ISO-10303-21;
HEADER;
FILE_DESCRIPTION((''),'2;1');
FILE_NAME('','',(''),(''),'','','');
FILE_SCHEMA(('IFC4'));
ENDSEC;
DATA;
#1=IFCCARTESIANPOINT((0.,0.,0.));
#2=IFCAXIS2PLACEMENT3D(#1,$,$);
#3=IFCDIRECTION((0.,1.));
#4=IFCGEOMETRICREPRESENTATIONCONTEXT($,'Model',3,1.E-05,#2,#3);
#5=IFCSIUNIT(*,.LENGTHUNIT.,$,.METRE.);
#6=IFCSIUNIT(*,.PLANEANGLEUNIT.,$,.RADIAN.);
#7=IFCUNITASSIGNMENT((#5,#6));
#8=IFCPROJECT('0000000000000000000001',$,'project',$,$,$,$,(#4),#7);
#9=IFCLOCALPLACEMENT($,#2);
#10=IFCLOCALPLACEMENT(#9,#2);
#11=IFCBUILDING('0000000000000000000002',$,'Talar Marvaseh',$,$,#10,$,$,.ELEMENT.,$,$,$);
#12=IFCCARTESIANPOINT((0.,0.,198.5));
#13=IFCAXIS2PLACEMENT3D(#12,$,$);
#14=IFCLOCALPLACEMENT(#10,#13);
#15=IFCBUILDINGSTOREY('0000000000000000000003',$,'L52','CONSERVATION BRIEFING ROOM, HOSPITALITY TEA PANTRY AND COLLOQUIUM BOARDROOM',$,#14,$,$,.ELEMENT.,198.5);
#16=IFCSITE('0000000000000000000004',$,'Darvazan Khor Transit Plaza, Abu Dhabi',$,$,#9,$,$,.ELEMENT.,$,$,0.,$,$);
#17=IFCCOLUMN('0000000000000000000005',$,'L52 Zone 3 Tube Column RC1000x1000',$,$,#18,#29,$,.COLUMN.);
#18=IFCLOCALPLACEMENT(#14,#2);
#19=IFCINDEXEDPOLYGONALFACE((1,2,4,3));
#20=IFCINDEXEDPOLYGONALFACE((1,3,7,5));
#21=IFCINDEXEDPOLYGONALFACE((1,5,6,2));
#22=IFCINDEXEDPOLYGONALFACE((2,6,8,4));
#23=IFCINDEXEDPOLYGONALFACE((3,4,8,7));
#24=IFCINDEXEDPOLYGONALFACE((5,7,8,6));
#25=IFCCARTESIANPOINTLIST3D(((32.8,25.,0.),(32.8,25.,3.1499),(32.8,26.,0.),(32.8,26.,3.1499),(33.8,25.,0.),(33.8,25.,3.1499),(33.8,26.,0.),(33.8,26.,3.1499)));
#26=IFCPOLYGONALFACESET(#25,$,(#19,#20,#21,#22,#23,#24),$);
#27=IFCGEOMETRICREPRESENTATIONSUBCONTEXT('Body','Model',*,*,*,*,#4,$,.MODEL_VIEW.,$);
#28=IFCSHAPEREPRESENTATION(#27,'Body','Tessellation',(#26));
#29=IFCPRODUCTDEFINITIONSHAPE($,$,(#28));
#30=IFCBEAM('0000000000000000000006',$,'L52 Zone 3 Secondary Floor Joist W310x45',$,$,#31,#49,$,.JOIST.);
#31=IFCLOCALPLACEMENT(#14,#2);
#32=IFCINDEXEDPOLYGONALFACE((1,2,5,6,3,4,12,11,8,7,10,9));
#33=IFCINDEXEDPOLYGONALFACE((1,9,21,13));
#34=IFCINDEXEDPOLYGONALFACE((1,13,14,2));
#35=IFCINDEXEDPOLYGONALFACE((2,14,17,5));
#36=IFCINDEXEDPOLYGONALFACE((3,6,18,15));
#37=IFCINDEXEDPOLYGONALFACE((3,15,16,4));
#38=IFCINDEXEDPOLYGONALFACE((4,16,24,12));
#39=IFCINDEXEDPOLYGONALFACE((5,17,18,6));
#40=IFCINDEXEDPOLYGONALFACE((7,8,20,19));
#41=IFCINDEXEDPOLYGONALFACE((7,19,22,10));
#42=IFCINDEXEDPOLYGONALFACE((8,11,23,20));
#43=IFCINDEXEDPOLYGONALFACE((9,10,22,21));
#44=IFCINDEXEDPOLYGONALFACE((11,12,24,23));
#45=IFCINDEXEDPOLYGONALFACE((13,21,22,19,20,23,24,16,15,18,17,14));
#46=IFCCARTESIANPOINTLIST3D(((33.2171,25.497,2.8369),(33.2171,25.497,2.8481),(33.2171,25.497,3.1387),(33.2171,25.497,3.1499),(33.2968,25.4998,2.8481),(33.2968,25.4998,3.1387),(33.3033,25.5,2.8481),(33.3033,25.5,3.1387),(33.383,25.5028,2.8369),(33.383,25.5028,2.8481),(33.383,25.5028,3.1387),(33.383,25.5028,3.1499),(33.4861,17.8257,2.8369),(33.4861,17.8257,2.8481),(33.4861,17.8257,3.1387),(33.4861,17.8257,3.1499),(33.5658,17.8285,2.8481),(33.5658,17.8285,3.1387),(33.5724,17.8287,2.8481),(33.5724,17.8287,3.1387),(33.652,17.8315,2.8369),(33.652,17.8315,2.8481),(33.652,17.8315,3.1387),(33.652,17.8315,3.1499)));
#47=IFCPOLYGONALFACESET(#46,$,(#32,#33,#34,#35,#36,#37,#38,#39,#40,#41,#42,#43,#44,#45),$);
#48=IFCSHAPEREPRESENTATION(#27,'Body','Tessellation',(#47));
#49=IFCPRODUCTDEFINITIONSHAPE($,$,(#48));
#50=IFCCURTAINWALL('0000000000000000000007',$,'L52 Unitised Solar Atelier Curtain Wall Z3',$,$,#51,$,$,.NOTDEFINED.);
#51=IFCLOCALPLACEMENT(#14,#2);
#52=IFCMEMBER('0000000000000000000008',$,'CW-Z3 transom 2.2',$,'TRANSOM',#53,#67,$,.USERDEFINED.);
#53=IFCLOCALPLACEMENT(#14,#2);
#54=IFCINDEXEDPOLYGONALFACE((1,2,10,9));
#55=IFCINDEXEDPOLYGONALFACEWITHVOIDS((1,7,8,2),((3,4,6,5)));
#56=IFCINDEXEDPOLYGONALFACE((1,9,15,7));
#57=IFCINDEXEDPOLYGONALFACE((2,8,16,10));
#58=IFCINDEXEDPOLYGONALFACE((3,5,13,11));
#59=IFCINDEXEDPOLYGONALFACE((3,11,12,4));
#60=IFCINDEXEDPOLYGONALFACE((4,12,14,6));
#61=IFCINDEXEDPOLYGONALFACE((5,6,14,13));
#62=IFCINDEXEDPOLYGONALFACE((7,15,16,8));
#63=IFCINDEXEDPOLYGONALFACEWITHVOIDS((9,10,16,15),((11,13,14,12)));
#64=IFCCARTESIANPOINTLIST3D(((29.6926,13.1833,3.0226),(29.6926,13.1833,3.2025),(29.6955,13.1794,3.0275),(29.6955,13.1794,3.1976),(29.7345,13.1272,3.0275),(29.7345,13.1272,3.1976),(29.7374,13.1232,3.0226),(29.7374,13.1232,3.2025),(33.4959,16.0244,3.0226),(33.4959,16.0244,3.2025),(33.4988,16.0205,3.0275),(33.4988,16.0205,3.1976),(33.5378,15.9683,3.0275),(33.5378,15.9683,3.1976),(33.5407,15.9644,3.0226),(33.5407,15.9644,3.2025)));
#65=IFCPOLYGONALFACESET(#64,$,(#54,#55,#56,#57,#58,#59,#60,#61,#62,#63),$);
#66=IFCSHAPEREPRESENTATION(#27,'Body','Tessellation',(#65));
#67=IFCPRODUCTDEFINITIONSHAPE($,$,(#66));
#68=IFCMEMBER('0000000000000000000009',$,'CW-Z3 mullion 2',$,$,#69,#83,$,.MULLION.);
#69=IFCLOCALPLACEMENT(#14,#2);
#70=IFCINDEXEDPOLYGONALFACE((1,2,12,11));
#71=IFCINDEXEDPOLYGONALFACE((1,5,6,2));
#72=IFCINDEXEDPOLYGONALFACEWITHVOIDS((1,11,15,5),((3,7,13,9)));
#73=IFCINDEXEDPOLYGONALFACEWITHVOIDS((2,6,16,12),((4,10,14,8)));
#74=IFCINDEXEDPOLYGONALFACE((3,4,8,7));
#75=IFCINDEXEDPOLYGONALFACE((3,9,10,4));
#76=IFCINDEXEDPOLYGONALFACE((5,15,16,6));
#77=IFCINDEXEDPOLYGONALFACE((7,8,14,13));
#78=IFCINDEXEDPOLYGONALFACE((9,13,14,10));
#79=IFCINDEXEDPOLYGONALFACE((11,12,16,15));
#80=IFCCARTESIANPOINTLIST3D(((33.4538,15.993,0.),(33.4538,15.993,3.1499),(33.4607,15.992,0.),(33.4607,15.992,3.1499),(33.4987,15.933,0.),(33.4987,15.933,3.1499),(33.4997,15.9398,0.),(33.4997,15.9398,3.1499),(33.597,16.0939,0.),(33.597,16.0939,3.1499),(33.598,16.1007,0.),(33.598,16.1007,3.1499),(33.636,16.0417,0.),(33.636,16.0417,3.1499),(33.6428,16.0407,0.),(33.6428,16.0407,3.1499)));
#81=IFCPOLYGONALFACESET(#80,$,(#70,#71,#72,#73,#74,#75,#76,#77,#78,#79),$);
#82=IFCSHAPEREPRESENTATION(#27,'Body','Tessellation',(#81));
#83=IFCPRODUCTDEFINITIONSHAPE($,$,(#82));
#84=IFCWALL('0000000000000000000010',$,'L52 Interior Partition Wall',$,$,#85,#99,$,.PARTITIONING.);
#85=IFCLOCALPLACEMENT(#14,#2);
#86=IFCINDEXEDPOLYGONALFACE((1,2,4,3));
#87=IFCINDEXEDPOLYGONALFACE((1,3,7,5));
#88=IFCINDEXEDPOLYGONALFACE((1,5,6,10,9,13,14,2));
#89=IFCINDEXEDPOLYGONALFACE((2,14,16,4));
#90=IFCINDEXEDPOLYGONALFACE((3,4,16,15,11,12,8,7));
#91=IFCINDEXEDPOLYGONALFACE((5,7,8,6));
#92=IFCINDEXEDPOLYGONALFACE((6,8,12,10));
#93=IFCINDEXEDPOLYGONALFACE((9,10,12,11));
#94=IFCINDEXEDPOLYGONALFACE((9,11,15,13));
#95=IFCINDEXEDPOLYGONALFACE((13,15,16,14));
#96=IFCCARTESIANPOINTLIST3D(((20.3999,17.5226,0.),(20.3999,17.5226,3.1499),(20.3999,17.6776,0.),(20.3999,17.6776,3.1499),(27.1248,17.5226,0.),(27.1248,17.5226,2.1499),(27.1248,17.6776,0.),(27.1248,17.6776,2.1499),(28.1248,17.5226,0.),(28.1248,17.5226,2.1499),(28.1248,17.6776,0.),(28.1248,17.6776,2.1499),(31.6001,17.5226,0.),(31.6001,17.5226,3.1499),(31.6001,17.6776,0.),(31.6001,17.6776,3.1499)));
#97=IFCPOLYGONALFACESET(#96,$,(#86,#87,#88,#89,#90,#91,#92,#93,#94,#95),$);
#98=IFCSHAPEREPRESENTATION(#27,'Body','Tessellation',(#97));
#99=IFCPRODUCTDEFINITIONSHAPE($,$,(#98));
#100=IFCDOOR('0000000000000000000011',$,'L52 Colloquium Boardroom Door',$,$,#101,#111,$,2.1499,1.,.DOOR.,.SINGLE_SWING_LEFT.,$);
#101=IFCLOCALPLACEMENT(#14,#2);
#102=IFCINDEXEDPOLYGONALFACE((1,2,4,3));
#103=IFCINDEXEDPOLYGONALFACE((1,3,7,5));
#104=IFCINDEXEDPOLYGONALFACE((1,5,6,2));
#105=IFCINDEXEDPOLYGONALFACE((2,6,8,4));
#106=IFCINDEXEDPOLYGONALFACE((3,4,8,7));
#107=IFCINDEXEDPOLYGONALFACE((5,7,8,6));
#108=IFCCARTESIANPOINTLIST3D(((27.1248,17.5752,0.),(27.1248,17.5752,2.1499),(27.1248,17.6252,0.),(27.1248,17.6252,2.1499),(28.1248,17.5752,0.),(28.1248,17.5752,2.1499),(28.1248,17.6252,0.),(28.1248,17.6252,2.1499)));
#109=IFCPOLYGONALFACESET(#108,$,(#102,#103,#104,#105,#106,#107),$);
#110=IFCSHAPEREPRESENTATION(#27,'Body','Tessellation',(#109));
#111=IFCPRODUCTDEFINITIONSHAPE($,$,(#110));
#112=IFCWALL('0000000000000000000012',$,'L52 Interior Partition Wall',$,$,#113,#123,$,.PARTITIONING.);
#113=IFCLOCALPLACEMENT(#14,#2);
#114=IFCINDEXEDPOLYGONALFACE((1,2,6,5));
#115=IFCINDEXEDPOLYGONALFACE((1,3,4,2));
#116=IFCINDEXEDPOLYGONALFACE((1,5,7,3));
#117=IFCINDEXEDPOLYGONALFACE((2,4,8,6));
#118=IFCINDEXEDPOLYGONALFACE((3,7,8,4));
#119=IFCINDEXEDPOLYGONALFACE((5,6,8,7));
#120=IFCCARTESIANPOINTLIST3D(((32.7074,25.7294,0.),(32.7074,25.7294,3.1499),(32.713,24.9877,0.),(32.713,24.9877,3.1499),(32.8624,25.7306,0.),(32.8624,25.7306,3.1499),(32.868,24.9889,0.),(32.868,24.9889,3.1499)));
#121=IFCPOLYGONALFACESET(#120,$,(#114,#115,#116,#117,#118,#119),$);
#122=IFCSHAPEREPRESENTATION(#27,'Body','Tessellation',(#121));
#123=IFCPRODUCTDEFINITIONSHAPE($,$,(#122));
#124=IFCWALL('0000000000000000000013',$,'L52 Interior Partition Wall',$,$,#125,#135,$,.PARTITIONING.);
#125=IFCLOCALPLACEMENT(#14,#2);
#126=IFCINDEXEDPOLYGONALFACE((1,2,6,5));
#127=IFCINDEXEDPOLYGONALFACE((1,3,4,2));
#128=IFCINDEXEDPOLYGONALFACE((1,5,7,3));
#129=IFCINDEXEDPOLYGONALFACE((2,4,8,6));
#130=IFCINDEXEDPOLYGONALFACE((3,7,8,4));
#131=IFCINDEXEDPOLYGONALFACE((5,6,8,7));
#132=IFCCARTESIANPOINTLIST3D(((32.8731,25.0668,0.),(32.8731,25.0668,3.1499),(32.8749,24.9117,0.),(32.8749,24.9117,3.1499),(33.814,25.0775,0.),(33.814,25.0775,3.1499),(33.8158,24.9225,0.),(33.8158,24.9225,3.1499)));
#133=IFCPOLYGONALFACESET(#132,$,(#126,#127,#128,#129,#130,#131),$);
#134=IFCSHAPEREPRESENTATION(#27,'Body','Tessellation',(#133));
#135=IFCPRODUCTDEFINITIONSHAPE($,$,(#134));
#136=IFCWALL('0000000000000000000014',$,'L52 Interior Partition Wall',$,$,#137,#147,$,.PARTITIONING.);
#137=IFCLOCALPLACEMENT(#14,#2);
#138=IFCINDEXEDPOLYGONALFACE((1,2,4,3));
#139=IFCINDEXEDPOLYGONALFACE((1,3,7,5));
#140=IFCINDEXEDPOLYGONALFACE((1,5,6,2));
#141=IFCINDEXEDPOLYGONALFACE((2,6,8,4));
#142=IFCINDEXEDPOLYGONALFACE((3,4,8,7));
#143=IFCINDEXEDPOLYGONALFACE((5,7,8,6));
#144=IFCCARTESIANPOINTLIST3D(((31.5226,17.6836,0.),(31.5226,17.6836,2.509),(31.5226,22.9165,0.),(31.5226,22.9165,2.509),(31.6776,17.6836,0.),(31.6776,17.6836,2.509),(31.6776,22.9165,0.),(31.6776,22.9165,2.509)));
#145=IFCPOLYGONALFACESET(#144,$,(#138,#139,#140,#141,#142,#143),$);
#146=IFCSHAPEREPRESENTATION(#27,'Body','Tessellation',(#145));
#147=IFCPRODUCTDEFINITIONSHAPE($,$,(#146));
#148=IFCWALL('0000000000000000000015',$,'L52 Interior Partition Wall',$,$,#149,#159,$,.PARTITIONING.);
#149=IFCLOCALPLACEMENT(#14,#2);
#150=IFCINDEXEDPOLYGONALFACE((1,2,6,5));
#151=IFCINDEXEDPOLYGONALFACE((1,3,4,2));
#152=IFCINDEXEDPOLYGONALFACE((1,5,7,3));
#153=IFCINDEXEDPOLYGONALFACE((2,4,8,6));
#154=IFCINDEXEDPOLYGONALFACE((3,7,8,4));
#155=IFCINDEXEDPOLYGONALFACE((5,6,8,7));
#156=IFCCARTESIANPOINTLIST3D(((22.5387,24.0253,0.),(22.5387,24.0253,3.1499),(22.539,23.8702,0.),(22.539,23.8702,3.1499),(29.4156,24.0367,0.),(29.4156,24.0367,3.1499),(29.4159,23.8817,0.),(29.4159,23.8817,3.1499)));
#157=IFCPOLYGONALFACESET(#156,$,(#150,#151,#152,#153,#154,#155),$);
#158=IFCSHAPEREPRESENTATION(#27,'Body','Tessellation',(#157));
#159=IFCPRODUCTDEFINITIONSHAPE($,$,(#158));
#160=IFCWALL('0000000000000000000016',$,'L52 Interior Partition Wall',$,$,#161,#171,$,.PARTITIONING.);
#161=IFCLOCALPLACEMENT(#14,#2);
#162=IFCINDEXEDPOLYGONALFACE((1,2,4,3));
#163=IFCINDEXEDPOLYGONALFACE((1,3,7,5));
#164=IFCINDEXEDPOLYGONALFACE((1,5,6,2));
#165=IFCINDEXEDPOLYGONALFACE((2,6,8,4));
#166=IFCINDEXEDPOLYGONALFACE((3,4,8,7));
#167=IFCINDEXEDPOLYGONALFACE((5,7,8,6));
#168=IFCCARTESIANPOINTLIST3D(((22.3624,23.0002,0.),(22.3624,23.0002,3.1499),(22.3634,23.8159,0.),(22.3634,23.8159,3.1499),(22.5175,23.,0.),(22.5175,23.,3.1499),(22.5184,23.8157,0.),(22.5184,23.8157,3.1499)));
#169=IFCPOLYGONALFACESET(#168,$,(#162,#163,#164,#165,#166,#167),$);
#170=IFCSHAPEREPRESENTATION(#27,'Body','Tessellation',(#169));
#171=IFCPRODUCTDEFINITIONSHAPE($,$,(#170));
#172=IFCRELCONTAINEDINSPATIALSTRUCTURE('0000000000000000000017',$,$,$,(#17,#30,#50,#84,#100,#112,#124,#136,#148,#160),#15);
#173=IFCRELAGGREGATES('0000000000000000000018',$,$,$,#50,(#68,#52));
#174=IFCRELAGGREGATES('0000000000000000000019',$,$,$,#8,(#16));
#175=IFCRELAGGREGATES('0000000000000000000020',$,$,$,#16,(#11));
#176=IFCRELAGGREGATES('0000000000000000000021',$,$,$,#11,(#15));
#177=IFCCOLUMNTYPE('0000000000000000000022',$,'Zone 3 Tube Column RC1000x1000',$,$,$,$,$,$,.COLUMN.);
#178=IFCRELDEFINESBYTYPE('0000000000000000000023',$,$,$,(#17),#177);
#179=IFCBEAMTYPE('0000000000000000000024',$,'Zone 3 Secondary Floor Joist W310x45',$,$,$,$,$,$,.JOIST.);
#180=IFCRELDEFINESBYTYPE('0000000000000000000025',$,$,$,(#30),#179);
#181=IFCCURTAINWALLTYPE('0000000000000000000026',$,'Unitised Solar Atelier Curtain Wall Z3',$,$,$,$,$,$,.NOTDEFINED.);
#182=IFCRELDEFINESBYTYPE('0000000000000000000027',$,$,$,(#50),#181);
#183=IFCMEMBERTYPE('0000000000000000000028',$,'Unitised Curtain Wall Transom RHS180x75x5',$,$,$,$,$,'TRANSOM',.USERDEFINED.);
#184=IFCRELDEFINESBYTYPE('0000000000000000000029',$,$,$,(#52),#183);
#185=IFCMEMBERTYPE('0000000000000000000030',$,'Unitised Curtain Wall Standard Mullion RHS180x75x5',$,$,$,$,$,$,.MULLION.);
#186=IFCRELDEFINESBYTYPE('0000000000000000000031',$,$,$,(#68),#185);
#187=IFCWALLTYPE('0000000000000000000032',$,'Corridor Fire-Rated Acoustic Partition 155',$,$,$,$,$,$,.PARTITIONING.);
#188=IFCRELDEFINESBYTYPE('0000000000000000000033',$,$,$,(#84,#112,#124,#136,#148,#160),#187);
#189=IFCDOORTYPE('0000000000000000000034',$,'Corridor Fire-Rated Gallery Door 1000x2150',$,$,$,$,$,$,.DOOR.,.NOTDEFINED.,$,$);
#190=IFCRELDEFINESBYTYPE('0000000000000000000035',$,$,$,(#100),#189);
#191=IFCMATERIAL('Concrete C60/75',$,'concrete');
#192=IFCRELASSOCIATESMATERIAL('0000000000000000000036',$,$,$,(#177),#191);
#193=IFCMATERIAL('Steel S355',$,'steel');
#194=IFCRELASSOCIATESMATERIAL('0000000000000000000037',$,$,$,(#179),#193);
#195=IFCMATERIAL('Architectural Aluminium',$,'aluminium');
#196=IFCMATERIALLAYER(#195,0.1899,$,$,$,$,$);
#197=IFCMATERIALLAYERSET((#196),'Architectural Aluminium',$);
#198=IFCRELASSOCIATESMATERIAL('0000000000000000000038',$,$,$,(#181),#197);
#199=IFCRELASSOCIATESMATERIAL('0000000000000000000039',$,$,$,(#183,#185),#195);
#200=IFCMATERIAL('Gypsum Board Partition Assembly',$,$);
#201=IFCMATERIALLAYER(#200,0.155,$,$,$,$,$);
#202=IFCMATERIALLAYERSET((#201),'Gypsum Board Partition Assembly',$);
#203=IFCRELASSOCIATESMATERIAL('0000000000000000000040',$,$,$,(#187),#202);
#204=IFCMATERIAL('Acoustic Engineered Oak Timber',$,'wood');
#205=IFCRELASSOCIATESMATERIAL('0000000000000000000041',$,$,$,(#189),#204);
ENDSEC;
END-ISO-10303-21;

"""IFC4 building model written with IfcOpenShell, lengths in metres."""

from ifc_helpers import new_model, si_unit, direction, frame, frame_2d, origin, origin_2d, place, context, subcontext, project, spatial, rectangle, hollow_rectangle, i_section, extrude, source, transform, mapped, material, layer, layer_set, material_profile, profile_set, type_object, type_shapes, element, fill, aggregate, save


model = new_model("IFC4")

# Units and contexts
model_context = context("Model", 3, precision=1e-05, world=origin(), true_north=direction((0.0, 1.0)))
body_context = subcontext(model_context, "Body", "Model", "MODEL_VIEW")
ifc_project = project(units=[si_unit("LENGTHUNIT", "METRE"), si_unit("PLANEANGLEUNIT", "RADIAN")], contexts=[model_context])

# Site, building, storey
site_placement = place(None, origin())
site = spatial("IfcSite", under=ifc_project, at=site_placement, Name="Darvazan Khor Transit Plaza, Abu Dhabi", CompositionType="ELEMENT", RefElevation=0.0)
building_placement = place(site_placement, origin())
building = spatial("IfcBuilding", under=site, at=building_placement, Name="Talar Marvaseh", CompositionType="ELEMENT")
storey_placement = place(building_placement, frame((0.0, 0.0, 198.5)))
storey = spatial("IfcBuildingStorey", under=building, at=storey_placement, Name="L52", Description="CONSERVATION BRIEFING ROOM, HOSPITALITY TEA PANTRY AND COLLOQUIUM BOARDROOM", CompositionType="ELEMENT", Elevation=198.5)

# Column
ifc_material_1 = material(Name="Concrete C60/75", Category="concrete")
ifc_material_profile_1 = material_profile(ifc_material_1, rectangle(XDim=1.0, YDim=1.0, at=origin_2d()), Name="RC1000x1000")
ifc_profile_set_1 = profile_set([ifc_material_profile_1], Name="Concrete C60/75")
column_type = type_object("IfcColumnType", Name="Zone 3 Tube Column RC1000x1000", PredefinedType="COLUMN", material=ifc_profile_set_1)
column_placement = place(storey_placement, frame((33.3, 25.5, 0.0), z_axis=(0.0, 0.0, 1.0), x_axis=(1.0, 0.0, 0.0)))
element("IfcColumn", 1, at=column_placement, inside=storey, type_object=column_type, Name="L52 Zone 3 Tube Column RC1000x1000", PredefinedType="COLUMN", context=body_context, shape_type="SweptSolid", body=[
    extrude(rectangle(XDim=1.0, YDim=1.0, at=origin_2d()), origin(), (0.0, 0.0, 1.0), 3.1499),
])

# Beam
ifc_material_2 = material(Name="Steel S355", Category="steel")
ifc_material_profile_2 = material_profile(ifc_material_2, i_section(OverallWidth=0.166, OverallDepth=0.313, WebThickness=0.0066, FlangeThickness=0.0112, at=origin_2d()), Name="W310x45")
ifc_profile_set_2 = profile_set([ifc_material_profile_2], Name="Steel S355")
beam_type = type_object("IfcBeamType", Name="Zone 3 Secondary Floor Joist W310x45", PredefinedType="JOIST", material=ifc_profile_set_2)
beam_placement = place(storey_placement, frame((33.5691, 17.8286, 2.9934), z_axis=(-0.035049, 0.999386, 0.0), x_axis=(-0.999386, -0.035049, 0.0)))
element("IfcBeam", 2, at=beam_placement, inside=storey, type_object=beam_type, Name="L52 Zone 3 Secondary Floor Joist W310x45", PredefinedType="JOIST", context=body_context, shape_type="SweptSolid", body=[
    extrude(i_section(OverallWidth=0.166, OverallDepth=0.313, WebThickness=0.0066, FlangeThickness=0.0112, at=origin_2d()), origin(), (0.0, 0.0, 1.0), 7.676),
])

# Curtain wall, members
ifc_material_3 = material(Name="Architectural Aluminium", Category="aluminium")
ifc_layer_1 = layer(ifc_material_3, 0.1899)
ifc_layer_set_1 = layer_set([ifc_layer_1], Name="Architectural Aluminium")
curtain_wall_type = type_object("IfcCurtainWallType", Name="Unitised Solar Atelier Curtain Wall Z3", PredefinedType="NOTDEFINED", material=ifc_layer_set_1)
curtain_wall_placement = place(storey_placement, origin())
curtain_wall = element("IfcCurtainWall", 3, at=curtain_wall_placement, inside=storey, type_object=curtain_wall_type, Name="L52 Unitised Solar Atelier Curtain Wall Z3", PredefinedType="NOTDEFINED")
ifc_material_profile_3 = material_profile(ifc_material_3, hollow_rectangle(XDim=0.075, YDim=0.1799, WallThickness=0.0049, at=origin_2d()), Name="RHS180x75x5")
ifc_profile_set_3 = profile_set([ifc_material_profile_3], Name="Architectural Aluminium")
member_type_1 = type_object("IfcMemberType", Name="Unitised Curtain Wall Transom RHS180x75x5", ElementType="TRANSOM", PredefinedType="USERDEFINED", material=ifc_profile_set_3)
shared_shape_1 = source(origin(), body_context, "Body", "SweptSolid", [
    extrude(hollow_rectangle(XDim=0.075, YDim=0.1799, WallThickness=0.0049, at=origin_2d()), origin(), (0.0, 0.0, 1.0), 4.7473),
])
type_shapes(member_type_1, [shared_shape_1])
member_1_placement = place(storey_placement, frame((33.5183, 15.9944, 3.1125), z_axis=(-0.801146, -0.598468, 0.0), x_axis=(0.598468, -0.801146, 0.0)))
member_1 = element("IfcMember", 4, at=member_1_placement, type_object=member_type_1, Name="CW-Z3 transom 2.2", ObjectType="TRANSOM", PredefinedType="USERDEFINED", context=body_context, shape_type="MappedRepresentation", body=[
    mapped(shared_shape_1, transform((0.0, 0.0, 0.0), x_axis=(1.0, 0.0, 0.0), y_axis=(0.0, 1.0, 0.0), z_axis=(0.0, 0.0, 1.0), scale=1.0)),
])
ifc_material_profile_4 = material_profile(ifc_material_3, hollow_rectangle(XDim=0.075, YDim=0.1799, WallThickness=0.0049, at=origin_2d()), Name="RHS180x75x5")
ifc_profile_set_4 = profile_set([ifc_material_profile_4], Name="Architectural Aluminium")
member_type_2 = type_object("IfcMemberType", Name="Unitised Curtain Wall Standard Mullion RHS180x75x5", PredefinedType="MULLION", material=ifc_profile_set_4)
shared_shape_2 = source(origin(), body_context, "Body", "SweptSolid", [
    extrude(hollow_rectangle(XDim=0.075, YDim=0.1799, WallThickness=0.0049, at=origin_2d()), origin(), (0.0, 0.0, 1.0), 3.1499),
])
type_shapes(member_type_2, [shared_shape_2])
member_2_placement = place(storey_placement, frame((33.5483, 16.0168, 0.0), z_axis=(0.0, 0.0, 1.0), x_axis=(0.598448, -0.801162, 0.0)))
member_2 = element("IfcMember", 5, at=member_2_placement, type_object=member_type_2, Name="CW-Z3 mullion 2", PredefinedType="MULLION", context=body_context, shape_type="MappedRepresentation", body=[
    mapped(shared_shape_2, transform((0.0, 0.0, 0.0), x_axis=(1.0, 0.0, 0.0), y_axis=(0.0, 1.0, 0.0), z_axis=(0.0, 0.0, 1.0), scale=1.0)),
])
aggregate(curtain_wall, [member_2, member_1])

# Wall, opening, door
ifc_material_4 = material(Name="Gypsum Board Partition Assembly")
ifc_layer_2 = layer(ifc_material_4, 0.155)
ifc_layer_set_2 = layer_set([ifc_layer_2], Name="Gypsum Board Partition Assembly")
wall_type_1 = type_object("IfcWallType", Name="Corridor Fire-Rated Acoustic Partition 155", PredefinedType="PARTITIONING", material=ifc_layer_set_2)
wall_1_placement = place(storey_placement, frame((31.6001, 17.6001, 0.0), z_axis=(0.0, 0.0, 1.0), x_axis=(-1.0, 0.0, 0.0)))
wall_1 = element("IfcWall", 6, at=wall_1_placement, inside=storey, type_object=wall_type_1, Name="L52 Interior Partition Wall", PredefinedType="PARTITIONING", context=body_context, shape_type="SweptSolid", body=[
    extrude(rectangle(XDim=11.2002, YDim=0.155, at=frame_2d((5.6001, 0.0))), origin(), (0.0, 0.0, 1.0), 3.1499),
])
opening_placement = place(wall_1_placement, frame((3.4753, 0.0, 0.0)))
opening = element("IfcOpeningElement", 7, at=opening_placement, cuts=wall_1, PredefinedType="OPENING", context=body_context, shape_type="SweptSolid", body=[
    extrude(rectangle(XDim=1.0, YDim=2.1499, at=frame_2d((0.5, 1.075))), frame((0.0, 0.0874, 0.0), z_axis=(0.0, -1.0, 0.0), x_axis=(1.0, 0.0, 0.0)), (0.0, 0.0, 1.0), 0.175),
])
ifc_material_5 = material(Name="Acoustic Engineered Oak Timber", Category="wood")
door_type = type_object("IfcDoorType", Name="Corridor Fire-Rated Gallery Door 1000x2150", OperationType="NOTDEFINED", PredefinedType="DOOR", material=ifc_material_5)
shared_shape_3 = source(origin(), body_context, "Body", "SweptSolid", [
    extrude(rectangle(XDim=1.0, YDim=2.1499, at=frame_2d((0.5, 1.075))), frame((0.0, 0.0249, 0.0), z_axis=(0.0, -1.0, 0.0), x_axis=(1.0, 0.0, 0.0)), (0.0, 0.0, 1.0), 0.05),
])
type_shapes(door_type, [shared_shape_3])
door_placement = place(opening_placement, origin())
door = element("IfcDoor", 8, at=door_placement, inside=storey, type_object=door_type, Name="L52 Colloquium Boardroom Door", OperationType="SINGLE_SWING_LEFT", OverallHeight=2.1499, OverallWidth=1.0, PredefinedType="DOOR", context=body_context, shape_type="MappedRepresentation", body=[
    mapped(shared_shape_3, transform((0.0, 0.0, 0.0), x_axis=(1.0, 0.0, 0.0), y_axis=(0.0, 1.0, 0.0), z_axis=(0.0, 0.0, 1.0), scale=1.0)),
])
fill(opening, door)

# Walls
wall_2_placement = place(storey_placement, frame((32.7849, 25.73, 0.0), z_axis=(0.0, 0.0, 1.0), x_axis=(0.007571, -0.999971, 0.0)))
element("IfcWall", 9, at=wall_2_placement, inside=storey, type_object=wall_type_1, Name="L52 Interior Partition Wall", PredefinedType="PARTITIONING", context=body_context, shape_type="SweptSolid", body=[
    extrude(rectangle(XDim=0.7417, YDim=0.155, at=frame_2d((0.3708, 0.0))), origin(), (0.0, 0.0, 1.0), 3.1499),
])
wall_3_placement = place(storey_placement, frame((32.874, 24.9893, 0.0), z_axis=(0.0, 0.0, 1.0), x_axis=(0.999935, 0.011416, 0.0)))
element("IfcWall", 10, at=wall_3_placement, inside=storey, type_object=wall_type_1, Name="L52 Interior Partition Wall", PredefinedType="PARTITIONING", context=body_context, shape_type="SweptSolid", body=[
    extrude(rectangle(XDim=0.9409, YDim=0.155, at=frame_2d((0.4705, 0.0))), origin(), (0.0, 0.0, 1.0), 3.1499),
])
wall_4_placement = place(storey_placement, frame((31.6001, 22.9165, 0.0), z_axis=(0.0, 0.0, 1.0), x_axis=(0.0, -1.0, 0.0)))
element("IfcWall", 11, at=wall_4_placement, inside=storey, type_object=wall_type_1, Name="L52 Interior Partition Wall", PredefinedType="PARTITIONING", context=body_context, shape_type="SweptSolid", body=[
    extrude(rectangle(XDim=5.2329, YDim=0.155, at=frame_2d((2.6165, 0.0))), origin(), (0.0, 0.0, 1.0), 2.509),
])
wall_5_placement = place(storey_placement, frame((29.4158, 23.9592, 0.0), z_axis=(0.0, 0.0, 1.0), x_axis=(-0.999999, -0.001669, 0.0)))
element("IfcWall", 12, at=wall_5_placement, inside=storey, type_object=wall_type_1, Name="L52 Interior Partition Wall", PredefinedType="PARTITIONING", context=body_context, shape_type="SweptSolid", body=[
    extrude(rectangle(XDim=6.877, YDim=0.155, at=frame_2d((3.4385, 0.0))), origin(), (0.0, 0.0, 1.0), 3.1499),
])
wall_6_placement = place(storey_placement, frame((22.4409, 23.8157, 0.0), z_axis=(0.0, 0.0, 1.0), x_axis=(-0.001197, -0.999999, 0.0)))
element("IfcWall", 13, at=wall_6_placement, inside=storey, type_object=wall_type_1, Name="L52 Interior Partition Wall", PredefinedType="PARTITIONING", context=body_context, shape_type="SweptSolid", body=[
    extrude(rectangle(XDim=0.8157, YDim=0.155, at=frame_2d((0.4077, 0.0))), origin(), (0.0, 0.0, 1.0), 3.1499),
])

save(model, "model.ifc")
